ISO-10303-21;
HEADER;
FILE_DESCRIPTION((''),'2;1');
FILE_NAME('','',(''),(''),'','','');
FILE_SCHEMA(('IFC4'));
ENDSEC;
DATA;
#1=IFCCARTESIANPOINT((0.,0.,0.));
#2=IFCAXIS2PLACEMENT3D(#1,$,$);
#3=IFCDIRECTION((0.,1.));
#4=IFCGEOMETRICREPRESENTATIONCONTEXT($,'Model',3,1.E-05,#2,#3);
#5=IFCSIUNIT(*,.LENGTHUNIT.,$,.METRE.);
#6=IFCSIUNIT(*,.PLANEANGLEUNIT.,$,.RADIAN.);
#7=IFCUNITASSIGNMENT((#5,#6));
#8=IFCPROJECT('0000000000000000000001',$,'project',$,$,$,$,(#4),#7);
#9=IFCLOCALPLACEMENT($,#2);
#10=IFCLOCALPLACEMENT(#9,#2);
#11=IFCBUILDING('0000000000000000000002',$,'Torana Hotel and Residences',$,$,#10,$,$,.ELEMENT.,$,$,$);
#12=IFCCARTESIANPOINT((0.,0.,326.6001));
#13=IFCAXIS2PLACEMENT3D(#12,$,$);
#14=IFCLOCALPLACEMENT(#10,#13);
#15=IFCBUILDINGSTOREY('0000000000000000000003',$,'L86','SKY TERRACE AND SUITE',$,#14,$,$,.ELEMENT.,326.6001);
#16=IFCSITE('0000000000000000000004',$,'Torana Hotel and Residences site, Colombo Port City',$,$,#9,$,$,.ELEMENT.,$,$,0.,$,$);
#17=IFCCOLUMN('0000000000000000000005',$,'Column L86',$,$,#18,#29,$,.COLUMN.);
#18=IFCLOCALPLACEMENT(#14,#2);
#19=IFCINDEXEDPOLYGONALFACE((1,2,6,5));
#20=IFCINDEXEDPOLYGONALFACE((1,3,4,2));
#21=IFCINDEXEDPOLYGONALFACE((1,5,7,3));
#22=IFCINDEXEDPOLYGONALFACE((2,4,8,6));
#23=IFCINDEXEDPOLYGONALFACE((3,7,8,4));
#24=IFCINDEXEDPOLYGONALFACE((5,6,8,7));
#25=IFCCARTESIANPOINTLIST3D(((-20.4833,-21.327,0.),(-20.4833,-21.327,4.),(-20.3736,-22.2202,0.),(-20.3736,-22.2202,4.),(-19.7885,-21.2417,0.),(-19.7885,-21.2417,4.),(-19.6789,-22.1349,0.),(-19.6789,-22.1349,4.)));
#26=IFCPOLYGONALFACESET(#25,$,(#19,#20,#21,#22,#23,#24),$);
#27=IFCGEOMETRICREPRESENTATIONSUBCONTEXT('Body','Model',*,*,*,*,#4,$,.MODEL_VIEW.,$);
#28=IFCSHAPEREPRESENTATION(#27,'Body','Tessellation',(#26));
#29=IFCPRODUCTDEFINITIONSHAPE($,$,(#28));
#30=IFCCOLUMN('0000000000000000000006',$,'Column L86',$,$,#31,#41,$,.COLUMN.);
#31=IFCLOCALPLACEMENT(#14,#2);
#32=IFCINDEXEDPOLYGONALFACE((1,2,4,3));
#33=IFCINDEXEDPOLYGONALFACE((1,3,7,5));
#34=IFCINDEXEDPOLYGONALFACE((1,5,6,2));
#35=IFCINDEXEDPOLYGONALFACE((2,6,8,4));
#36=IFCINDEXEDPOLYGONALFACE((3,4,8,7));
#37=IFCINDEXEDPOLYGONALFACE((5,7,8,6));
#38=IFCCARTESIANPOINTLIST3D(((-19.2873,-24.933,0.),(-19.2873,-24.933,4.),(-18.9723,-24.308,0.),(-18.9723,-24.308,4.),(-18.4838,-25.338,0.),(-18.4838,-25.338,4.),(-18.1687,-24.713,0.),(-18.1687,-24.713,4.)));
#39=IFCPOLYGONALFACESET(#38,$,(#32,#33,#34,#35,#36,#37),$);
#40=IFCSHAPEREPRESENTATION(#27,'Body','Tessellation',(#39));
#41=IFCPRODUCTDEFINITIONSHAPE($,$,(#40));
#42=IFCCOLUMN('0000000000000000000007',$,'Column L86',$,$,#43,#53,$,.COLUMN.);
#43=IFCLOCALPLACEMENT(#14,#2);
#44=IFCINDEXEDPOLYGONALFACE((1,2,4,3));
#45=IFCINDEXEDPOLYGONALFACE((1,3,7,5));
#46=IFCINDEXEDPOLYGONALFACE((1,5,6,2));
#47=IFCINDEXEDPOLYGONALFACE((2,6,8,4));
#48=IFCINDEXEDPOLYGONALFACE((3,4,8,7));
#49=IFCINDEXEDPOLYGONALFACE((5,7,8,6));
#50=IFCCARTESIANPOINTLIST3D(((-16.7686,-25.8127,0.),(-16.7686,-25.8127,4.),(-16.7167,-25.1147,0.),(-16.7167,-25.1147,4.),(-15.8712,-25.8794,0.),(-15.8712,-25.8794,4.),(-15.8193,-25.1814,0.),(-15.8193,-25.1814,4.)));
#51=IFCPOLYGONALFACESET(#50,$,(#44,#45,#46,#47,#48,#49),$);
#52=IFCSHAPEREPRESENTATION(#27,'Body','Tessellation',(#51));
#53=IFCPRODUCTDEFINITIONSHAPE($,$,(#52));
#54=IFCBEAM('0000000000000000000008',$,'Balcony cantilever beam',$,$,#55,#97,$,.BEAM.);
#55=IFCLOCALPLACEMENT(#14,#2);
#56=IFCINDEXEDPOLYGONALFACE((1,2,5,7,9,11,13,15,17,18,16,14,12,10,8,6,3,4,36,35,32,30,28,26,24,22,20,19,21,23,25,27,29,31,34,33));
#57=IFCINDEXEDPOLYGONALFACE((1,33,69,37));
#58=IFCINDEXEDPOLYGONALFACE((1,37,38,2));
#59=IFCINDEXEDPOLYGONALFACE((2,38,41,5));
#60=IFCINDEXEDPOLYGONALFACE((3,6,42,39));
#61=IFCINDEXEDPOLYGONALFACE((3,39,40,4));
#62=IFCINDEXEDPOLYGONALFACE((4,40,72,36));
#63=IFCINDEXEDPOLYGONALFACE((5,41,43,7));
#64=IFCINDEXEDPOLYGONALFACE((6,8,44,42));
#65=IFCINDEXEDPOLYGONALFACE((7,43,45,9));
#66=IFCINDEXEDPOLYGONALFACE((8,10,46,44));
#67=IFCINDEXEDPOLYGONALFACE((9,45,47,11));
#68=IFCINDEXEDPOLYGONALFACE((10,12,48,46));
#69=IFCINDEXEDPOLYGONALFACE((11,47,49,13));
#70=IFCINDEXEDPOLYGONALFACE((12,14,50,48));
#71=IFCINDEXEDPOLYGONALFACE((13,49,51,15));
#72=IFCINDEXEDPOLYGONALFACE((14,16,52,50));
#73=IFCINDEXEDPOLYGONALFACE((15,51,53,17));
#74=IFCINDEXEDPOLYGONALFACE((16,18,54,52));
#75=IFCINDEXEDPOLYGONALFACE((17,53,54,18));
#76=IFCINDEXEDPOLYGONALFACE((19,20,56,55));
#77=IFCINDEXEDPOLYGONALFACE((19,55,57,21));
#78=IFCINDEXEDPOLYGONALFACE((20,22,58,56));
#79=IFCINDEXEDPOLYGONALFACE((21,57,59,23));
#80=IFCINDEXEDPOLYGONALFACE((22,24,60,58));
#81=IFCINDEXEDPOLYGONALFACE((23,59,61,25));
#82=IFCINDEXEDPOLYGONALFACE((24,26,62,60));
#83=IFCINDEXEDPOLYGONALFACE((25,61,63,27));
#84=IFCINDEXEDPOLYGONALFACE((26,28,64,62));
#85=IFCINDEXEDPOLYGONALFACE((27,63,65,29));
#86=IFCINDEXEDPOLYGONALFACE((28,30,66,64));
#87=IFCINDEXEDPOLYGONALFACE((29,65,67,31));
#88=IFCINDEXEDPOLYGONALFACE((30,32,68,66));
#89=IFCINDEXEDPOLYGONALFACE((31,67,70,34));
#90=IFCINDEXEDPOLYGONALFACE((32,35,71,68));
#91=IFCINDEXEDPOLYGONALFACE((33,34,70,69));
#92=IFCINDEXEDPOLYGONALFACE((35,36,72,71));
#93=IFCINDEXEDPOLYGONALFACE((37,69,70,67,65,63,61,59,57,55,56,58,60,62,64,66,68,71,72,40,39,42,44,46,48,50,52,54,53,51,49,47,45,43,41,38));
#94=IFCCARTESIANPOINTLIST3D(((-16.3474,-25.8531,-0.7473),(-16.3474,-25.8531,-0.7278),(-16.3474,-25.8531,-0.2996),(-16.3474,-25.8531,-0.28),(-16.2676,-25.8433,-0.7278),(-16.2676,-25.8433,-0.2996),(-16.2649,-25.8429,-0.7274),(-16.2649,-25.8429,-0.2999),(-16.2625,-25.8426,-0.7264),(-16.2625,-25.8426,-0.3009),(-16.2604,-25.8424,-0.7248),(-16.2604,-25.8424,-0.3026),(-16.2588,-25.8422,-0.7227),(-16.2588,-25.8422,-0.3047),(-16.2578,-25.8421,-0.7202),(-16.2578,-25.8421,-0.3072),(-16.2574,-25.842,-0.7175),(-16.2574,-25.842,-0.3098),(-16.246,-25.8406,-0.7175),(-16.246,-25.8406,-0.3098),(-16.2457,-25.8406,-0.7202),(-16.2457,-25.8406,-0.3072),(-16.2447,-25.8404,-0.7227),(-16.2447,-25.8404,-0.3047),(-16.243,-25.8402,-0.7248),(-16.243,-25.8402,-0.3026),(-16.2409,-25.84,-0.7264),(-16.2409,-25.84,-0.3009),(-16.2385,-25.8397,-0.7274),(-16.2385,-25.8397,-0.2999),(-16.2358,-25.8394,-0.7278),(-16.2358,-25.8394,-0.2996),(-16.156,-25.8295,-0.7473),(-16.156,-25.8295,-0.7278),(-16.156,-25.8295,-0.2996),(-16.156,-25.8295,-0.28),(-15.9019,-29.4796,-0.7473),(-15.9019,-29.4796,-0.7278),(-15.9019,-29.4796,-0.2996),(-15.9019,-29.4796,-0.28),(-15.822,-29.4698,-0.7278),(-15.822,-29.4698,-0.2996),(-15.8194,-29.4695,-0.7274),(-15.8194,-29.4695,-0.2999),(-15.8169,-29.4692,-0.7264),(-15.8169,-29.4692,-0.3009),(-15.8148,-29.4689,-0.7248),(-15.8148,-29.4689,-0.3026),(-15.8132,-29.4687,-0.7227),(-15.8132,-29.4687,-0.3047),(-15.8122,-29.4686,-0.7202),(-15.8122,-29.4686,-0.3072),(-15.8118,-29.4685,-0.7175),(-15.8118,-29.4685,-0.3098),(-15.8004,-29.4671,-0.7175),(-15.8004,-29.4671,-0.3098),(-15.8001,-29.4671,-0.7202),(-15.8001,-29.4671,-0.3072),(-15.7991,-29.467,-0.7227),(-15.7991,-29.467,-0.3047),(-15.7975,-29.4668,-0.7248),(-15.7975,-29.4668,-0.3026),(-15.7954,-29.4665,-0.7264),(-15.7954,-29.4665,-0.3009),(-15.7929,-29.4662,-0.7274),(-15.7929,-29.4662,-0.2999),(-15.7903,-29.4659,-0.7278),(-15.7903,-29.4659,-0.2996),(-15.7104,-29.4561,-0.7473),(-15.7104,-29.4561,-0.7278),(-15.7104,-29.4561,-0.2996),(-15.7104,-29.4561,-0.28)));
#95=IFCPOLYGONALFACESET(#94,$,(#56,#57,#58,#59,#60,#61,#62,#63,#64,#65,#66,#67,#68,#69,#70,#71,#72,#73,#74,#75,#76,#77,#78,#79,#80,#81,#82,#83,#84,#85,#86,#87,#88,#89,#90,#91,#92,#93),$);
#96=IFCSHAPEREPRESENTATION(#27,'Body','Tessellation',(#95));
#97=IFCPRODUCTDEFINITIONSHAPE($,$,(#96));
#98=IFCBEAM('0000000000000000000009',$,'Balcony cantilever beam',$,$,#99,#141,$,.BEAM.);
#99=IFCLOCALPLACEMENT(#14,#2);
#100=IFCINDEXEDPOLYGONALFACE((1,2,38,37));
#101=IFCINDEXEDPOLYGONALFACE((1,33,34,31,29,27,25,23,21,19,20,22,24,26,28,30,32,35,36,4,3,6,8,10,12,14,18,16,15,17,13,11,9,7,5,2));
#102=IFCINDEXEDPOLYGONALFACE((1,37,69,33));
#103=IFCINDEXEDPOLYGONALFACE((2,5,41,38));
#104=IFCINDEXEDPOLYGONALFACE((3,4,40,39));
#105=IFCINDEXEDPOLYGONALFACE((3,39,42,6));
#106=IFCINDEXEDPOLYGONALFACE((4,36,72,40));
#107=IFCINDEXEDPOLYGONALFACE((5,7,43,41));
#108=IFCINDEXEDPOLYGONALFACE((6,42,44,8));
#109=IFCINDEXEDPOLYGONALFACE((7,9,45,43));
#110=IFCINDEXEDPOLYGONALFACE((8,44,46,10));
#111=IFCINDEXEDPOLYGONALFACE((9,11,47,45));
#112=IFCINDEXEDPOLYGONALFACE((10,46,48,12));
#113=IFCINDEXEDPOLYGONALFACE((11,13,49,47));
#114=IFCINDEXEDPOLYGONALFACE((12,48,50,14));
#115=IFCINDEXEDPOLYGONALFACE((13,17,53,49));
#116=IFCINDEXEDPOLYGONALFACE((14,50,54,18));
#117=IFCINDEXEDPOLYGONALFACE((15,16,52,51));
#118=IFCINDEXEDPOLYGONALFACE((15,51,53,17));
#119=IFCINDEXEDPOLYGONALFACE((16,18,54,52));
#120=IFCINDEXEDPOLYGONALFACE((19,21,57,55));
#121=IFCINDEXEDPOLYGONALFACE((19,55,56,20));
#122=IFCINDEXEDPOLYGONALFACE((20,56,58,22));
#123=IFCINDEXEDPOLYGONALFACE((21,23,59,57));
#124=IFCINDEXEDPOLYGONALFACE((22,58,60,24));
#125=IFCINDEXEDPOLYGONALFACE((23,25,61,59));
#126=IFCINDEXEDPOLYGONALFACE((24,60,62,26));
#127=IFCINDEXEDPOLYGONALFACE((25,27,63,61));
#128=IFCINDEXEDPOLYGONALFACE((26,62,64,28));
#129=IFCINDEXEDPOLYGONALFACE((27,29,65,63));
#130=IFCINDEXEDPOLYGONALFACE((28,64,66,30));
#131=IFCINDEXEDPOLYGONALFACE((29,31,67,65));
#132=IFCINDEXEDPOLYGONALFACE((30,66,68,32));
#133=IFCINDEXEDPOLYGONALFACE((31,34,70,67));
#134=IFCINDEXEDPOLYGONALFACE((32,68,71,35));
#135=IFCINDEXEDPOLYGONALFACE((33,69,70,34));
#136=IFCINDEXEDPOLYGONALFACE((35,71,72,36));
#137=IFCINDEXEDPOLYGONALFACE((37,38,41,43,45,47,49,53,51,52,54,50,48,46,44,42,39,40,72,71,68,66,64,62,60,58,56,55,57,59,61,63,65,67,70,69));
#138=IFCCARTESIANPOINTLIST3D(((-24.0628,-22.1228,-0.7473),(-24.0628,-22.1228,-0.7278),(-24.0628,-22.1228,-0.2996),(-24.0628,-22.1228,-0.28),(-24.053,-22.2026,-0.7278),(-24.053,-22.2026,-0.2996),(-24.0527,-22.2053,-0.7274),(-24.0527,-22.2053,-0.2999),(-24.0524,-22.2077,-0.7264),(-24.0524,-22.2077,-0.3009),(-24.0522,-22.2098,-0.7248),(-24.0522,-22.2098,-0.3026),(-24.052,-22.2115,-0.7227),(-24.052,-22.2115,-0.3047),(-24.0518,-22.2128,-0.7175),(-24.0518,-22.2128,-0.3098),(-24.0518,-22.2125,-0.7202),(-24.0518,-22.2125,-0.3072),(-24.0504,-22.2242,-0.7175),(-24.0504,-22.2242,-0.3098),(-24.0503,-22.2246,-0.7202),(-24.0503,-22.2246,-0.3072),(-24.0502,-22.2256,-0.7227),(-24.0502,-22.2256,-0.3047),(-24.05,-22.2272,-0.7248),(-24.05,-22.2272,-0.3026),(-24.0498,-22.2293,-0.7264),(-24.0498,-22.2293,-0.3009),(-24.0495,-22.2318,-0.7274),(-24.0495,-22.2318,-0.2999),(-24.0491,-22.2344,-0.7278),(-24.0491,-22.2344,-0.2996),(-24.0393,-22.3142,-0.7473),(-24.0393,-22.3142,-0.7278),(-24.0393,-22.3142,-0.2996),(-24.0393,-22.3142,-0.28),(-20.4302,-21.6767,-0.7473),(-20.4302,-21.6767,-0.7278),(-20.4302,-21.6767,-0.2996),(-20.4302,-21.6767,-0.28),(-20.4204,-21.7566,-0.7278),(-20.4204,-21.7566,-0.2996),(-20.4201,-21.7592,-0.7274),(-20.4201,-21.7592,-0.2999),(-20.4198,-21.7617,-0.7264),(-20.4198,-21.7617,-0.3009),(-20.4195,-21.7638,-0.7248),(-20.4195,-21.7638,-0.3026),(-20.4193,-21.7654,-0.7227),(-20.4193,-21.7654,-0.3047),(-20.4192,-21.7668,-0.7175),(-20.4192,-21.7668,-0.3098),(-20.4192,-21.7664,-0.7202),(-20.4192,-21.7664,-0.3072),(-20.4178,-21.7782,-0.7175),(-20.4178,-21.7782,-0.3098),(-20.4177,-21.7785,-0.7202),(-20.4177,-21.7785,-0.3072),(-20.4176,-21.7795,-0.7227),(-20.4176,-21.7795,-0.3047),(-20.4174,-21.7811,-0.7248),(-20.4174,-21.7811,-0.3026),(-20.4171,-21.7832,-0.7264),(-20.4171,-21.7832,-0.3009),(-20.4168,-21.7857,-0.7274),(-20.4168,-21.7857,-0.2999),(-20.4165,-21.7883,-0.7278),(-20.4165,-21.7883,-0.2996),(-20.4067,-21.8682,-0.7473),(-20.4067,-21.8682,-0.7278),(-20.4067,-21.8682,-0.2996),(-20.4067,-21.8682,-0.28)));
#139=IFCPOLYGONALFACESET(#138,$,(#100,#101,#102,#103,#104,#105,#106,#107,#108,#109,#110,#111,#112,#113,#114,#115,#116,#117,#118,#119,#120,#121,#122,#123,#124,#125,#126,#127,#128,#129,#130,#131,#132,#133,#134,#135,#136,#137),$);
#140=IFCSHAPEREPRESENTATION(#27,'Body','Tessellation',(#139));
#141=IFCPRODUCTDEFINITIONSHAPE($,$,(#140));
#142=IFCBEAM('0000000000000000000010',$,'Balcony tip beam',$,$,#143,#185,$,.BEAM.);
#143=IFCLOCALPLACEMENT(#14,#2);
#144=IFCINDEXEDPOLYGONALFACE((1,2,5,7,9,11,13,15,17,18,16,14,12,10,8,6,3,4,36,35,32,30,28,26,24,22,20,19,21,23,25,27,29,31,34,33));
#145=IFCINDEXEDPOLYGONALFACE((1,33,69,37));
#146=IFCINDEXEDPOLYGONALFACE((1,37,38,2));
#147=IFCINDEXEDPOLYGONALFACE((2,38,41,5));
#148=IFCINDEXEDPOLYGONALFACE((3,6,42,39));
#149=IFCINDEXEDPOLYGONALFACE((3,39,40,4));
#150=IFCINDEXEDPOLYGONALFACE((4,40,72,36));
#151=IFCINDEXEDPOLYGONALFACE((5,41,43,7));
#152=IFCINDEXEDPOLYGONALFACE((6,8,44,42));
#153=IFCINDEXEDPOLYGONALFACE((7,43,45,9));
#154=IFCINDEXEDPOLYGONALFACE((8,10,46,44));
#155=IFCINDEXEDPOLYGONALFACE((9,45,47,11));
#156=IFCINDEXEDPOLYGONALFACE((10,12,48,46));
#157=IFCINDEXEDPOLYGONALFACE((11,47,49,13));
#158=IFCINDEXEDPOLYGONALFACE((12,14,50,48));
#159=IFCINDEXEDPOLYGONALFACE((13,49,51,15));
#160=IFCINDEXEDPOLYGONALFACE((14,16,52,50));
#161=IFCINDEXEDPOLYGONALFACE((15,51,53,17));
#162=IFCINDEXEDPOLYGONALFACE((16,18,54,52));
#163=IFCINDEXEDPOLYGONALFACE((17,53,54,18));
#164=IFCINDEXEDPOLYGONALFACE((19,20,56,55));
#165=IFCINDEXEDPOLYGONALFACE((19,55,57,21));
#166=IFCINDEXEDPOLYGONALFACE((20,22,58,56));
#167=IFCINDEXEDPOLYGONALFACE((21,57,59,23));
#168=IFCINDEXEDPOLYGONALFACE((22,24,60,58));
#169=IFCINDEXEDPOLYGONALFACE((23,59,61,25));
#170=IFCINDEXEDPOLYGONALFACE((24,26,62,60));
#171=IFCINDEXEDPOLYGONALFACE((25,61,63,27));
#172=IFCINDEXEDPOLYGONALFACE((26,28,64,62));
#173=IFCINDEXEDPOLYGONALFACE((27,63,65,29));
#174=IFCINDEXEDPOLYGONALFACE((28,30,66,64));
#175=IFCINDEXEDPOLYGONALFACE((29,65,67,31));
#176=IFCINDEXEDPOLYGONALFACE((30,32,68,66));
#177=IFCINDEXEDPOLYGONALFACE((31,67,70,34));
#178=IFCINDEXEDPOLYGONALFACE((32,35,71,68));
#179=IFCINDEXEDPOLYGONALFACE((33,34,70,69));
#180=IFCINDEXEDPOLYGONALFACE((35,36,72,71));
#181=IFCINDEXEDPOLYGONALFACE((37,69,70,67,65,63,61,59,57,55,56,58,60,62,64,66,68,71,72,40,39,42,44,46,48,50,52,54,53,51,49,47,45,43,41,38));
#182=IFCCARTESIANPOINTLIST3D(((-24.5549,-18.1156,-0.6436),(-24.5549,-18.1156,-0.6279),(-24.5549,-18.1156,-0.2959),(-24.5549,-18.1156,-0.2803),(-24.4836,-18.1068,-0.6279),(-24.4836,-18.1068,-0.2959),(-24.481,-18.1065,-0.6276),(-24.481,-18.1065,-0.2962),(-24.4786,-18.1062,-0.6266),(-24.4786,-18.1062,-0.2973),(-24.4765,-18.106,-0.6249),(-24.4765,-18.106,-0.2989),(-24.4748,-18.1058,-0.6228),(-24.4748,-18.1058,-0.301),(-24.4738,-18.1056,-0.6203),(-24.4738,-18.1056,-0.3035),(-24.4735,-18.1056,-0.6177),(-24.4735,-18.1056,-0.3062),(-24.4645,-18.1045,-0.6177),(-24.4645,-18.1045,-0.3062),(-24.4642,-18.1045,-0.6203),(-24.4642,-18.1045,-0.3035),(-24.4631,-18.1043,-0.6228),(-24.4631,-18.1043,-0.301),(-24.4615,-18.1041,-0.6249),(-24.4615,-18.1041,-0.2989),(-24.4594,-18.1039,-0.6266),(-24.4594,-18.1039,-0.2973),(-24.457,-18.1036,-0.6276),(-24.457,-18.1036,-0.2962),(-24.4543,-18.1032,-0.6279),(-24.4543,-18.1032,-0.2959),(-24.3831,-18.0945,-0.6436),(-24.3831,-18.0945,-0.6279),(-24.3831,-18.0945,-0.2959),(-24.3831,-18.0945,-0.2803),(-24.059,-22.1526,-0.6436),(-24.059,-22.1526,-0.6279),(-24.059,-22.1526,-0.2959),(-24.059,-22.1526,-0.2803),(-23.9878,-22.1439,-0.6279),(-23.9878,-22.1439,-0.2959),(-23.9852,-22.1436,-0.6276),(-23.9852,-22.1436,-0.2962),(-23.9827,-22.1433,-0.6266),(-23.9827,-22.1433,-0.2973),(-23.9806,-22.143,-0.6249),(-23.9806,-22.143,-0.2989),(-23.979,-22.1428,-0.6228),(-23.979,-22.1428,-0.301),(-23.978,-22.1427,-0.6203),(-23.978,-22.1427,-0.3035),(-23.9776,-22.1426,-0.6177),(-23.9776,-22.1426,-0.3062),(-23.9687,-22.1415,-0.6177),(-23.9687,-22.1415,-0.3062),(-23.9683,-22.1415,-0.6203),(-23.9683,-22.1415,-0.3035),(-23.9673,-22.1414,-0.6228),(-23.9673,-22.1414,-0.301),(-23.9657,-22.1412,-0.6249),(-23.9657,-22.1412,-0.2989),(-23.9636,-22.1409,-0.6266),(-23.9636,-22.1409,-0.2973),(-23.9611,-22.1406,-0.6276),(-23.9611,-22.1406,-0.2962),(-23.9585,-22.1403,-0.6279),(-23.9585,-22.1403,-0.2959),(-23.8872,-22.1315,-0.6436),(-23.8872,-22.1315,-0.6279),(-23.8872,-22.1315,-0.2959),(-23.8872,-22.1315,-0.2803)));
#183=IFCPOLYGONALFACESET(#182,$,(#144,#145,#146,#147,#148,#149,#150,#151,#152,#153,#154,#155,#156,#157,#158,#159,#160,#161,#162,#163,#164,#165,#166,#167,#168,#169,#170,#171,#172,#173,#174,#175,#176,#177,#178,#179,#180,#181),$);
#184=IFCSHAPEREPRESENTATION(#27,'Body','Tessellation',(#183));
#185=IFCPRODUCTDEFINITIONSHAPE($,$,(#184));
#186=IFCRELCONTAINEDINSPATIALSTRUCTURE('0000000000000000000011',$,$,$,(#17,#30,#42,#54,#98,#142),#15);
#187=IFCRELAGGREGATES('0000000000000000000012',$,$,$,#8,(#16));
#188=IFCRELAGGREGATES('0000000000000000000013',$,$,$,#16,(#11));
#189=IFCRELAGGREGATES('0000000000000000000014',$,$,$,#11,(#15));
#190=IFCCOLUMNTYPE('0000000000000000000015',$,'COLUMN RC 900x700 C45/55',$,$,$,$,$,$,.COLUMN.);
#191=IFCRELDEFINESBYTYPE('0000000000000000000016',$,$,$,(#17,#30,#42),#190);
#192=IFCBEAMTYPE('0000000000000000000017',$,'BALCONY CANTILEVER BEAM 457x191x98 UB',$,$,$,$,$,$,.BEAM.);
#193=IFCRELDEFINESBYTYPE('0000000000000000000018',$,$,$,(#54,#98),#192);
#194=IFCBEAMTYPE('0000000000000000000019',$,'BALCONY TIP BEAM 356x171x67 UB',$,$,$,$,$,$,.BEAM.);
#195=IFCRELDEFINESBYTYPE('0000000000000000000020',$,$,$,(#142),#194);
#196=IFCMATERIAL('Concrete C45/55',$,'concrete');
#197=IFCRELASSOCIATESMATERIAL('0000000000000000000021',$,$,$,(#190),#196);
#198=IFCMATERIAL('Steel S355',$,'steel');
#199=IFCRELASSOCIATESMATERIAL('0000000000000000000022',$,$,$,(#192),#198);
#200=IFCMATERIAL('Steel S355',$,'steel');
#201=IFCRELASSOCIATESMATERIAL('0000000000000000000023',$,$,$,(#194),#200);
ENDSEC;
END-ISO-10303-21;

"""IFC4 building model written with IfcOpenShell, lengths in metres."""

from ifc_helpers import new_model, si_unit, direction, frame, origin, origin_2d, place, context, subcontext, project, spatial, rectangle, i_section, extrude, material, material_profile, profile_set, type_object, element, save


model = new_model("IFC4")

# Units and contexts
model_context = context("Model", 3, precision=1e-05, world=origin(), true_north=direction((0.0, 1.0)))
body_context = subcontext(model_context, "Body", "Model", "MODEL_VIEW")
ifc_project = project(units=[si_unit("LENGTHUNIT", "METRE"), si_unit("PLANEANGLEUNIT", "RADIAN")], contexts=[model_context])

# Site, building, storey
site_placement = place(None, origin())
site = spatial("IfcSite", under=ifc_project, at=site_placement, Name="Torana Hotel and Residences site, Colombo Port City", CompositionType="ELEMENT", RefElevation=0.0)
building_placement = place(site_placement, origin())
building = spatial("IfcBuilding", under=site, at=building_placement, Name="Torana Hotel and Residences", CompositionType="ELEMENT")
storey_placement = place(building_placement, frame((0.0, 0.0, 326.6001)))
storey = spatial("IfcBuildingStorey", under=building, at=storey_placement, Name="L86", Description="SKY TERRACE AND SUITE", CompositionType="ELEMENT", Elevation=326.6001)

# Columns
ifc_material_1 = material(Name="Concrete C45/55", Category="concrete")
ifc_material_profile_1 = material_profile(ifc_material_1, rectangle(XDim=0.8999, YDim=0.7, at=origin_2d()), Name="RC 900x700")
ifc_profile_set_1 = profile_set([ifc_material_profile_1], Name="Concrete C45/55")
column_type = type_object("IfcColumnType", Name="COLUMN RC 900x700 C45/55", PredefinedType="COLUMN", material=ifc_profile_set_1)
for number, where, z_axis, x_axis, name in (
    (1, (-20.0811, -21.731, 0.0), (0.0, 0.0, 1.0), (-0.121869, 0.992546, 0.0), "Column L86"),
    (2, (-18.728, -24.823, 0.0), (0.0, 0.0, 1.0), (-0.892979, 0.450098, 0.0), "Column L86"),
    (3, (-16.2939, -25.4971, 0.0), (0.0, 0.0, 1.0), (-0.997251, 0.074091, 0.0), "Column L86"),
):
    element("IfcColumn", number, at=place(storey_placement, frame(where, z_axis=z_axis, x_axis=x_axis)), inside=storey, type_object=column_type, Name=name, PredefinedType="COLUMN", context=body_context, shape_type="SweptSolid", body=[
        extrude(rectangle(XDim=0.8999, YDim=0.7, at=origin_2d()), origin(), (0.0, 0.0, 1.0), 4.0),
    ])

# Beams
ifc_material_2 = material(Name="Steel S355", Category="steel")
ifc_material_profile_2 = material_profile(ifc_material_2, i_section(OverallWidth=0.1929, OverallDepth=0.4673, WebThickness=0.0115, FlangeThickness=0.0195, FilletRadius=0.0103, at=origin_2d()), Name="457x191x98 UB")
ifc_profile_set_2 = profile_set([ifc_material_profile_2], Name="Steel S355")
beam_type_1 = type_object("IfcBeamType", Name="BALCONY CANTILEVER BEAM 457x191x98 UB", PredefinedType="BEAM", material=ifc_profile_set_2)
beam_1_placement = place(storey_placement, frame((-16.2517, -25.8413, -0.5137), z_axis=(0.121946, -0.992537, 0.0), x_axis=(0.992537, 0.121946, 0.0)))
element("IfcBeam", 4, at=beam_1_placement, inside=storey, type_object=beam_type_1, Name="Balcony cantilever beam", PredefinedType="BEAM", context=body_context, shape_type="SweptSolid", body=[
    extrude(i_section(OverallWidth=0.1929, OverallDepth=0.4673, WebThickness=0.0115, FlangeThickness=0.0195, FilletRadius=0.0103, at=origin_2d()), origin(), (0.0, 0.0, 1.0), 3.6538),
])
beam_2_placement = place(storey_placement, frame((-20.4185, -21.7725, -0.5137), z_axis=(-0.992545, -0.121875, 0.0), x_axis=(0.121875, -0.992545, 0.0)))
element("IfcBeam", 5, at=beam_2_placement, inside=storey, type_object=beam_type_1, Name="Balcony cantilever beam", PredefinedType="BEAM", context=body_context, shape_type="SweptSolid", body=[
    extrude(i_section(OverallWidth=0.1929, OverallDepth=0.4673, WebThickness=0.0115, FlangeThickness=0.0195, FilletRadius=0.0103, at=origin_2d()), origin(), (0.0, 0.0, 1.0), 3.6599),
])
ifc_material_3 = material(Name="Steel S355", Category="steel")
ifc_material_profile_3 = material_profile(ifc_material_3, i_section(OverallWidth=0.1731, OverallDepth=0.3633, WebThickness=0.009, FlangeThickness=0.0156, FilletRadius=0.0103, at=origin_2d()), Name="356x171x67 UB")
ifc_profile_set_3 = profile_set([ifc_material_profile_3], Name="Steel S355")
beam_type_2 = type_object("IfcBeamType", Name="BALCONY TIP BEAM 356x171x67 UB", PredefinedType="BEAM", material=ifc_profile_set_3)
beam_3_placement = place(storey_placement, frame((-23.9731, -22.1421, -0.4619), z_axis=(-0.121907, 0.992542, 0.0), x_axis=(-0.992542, -0.121907, 0.0)))
element("IfcBeam", 6, at=beam_3_placement, inside=storey, type_object=beam_type_2, Name="Balcony tip beam", PredefinedType="BEAM", context=body_context, shape_type="SweptSolid", body=[
    extrude(i_section(OverallWidth=0.1731, OverallDepth=0.3633, WebThickness=0.009, FlangeThickness=0.0156, FilletRadius=0.0103, at=origin_2d()), origin(), (0.0, 0.0, 1.0), 4.0674),
])

save(model, "model.ifc")
